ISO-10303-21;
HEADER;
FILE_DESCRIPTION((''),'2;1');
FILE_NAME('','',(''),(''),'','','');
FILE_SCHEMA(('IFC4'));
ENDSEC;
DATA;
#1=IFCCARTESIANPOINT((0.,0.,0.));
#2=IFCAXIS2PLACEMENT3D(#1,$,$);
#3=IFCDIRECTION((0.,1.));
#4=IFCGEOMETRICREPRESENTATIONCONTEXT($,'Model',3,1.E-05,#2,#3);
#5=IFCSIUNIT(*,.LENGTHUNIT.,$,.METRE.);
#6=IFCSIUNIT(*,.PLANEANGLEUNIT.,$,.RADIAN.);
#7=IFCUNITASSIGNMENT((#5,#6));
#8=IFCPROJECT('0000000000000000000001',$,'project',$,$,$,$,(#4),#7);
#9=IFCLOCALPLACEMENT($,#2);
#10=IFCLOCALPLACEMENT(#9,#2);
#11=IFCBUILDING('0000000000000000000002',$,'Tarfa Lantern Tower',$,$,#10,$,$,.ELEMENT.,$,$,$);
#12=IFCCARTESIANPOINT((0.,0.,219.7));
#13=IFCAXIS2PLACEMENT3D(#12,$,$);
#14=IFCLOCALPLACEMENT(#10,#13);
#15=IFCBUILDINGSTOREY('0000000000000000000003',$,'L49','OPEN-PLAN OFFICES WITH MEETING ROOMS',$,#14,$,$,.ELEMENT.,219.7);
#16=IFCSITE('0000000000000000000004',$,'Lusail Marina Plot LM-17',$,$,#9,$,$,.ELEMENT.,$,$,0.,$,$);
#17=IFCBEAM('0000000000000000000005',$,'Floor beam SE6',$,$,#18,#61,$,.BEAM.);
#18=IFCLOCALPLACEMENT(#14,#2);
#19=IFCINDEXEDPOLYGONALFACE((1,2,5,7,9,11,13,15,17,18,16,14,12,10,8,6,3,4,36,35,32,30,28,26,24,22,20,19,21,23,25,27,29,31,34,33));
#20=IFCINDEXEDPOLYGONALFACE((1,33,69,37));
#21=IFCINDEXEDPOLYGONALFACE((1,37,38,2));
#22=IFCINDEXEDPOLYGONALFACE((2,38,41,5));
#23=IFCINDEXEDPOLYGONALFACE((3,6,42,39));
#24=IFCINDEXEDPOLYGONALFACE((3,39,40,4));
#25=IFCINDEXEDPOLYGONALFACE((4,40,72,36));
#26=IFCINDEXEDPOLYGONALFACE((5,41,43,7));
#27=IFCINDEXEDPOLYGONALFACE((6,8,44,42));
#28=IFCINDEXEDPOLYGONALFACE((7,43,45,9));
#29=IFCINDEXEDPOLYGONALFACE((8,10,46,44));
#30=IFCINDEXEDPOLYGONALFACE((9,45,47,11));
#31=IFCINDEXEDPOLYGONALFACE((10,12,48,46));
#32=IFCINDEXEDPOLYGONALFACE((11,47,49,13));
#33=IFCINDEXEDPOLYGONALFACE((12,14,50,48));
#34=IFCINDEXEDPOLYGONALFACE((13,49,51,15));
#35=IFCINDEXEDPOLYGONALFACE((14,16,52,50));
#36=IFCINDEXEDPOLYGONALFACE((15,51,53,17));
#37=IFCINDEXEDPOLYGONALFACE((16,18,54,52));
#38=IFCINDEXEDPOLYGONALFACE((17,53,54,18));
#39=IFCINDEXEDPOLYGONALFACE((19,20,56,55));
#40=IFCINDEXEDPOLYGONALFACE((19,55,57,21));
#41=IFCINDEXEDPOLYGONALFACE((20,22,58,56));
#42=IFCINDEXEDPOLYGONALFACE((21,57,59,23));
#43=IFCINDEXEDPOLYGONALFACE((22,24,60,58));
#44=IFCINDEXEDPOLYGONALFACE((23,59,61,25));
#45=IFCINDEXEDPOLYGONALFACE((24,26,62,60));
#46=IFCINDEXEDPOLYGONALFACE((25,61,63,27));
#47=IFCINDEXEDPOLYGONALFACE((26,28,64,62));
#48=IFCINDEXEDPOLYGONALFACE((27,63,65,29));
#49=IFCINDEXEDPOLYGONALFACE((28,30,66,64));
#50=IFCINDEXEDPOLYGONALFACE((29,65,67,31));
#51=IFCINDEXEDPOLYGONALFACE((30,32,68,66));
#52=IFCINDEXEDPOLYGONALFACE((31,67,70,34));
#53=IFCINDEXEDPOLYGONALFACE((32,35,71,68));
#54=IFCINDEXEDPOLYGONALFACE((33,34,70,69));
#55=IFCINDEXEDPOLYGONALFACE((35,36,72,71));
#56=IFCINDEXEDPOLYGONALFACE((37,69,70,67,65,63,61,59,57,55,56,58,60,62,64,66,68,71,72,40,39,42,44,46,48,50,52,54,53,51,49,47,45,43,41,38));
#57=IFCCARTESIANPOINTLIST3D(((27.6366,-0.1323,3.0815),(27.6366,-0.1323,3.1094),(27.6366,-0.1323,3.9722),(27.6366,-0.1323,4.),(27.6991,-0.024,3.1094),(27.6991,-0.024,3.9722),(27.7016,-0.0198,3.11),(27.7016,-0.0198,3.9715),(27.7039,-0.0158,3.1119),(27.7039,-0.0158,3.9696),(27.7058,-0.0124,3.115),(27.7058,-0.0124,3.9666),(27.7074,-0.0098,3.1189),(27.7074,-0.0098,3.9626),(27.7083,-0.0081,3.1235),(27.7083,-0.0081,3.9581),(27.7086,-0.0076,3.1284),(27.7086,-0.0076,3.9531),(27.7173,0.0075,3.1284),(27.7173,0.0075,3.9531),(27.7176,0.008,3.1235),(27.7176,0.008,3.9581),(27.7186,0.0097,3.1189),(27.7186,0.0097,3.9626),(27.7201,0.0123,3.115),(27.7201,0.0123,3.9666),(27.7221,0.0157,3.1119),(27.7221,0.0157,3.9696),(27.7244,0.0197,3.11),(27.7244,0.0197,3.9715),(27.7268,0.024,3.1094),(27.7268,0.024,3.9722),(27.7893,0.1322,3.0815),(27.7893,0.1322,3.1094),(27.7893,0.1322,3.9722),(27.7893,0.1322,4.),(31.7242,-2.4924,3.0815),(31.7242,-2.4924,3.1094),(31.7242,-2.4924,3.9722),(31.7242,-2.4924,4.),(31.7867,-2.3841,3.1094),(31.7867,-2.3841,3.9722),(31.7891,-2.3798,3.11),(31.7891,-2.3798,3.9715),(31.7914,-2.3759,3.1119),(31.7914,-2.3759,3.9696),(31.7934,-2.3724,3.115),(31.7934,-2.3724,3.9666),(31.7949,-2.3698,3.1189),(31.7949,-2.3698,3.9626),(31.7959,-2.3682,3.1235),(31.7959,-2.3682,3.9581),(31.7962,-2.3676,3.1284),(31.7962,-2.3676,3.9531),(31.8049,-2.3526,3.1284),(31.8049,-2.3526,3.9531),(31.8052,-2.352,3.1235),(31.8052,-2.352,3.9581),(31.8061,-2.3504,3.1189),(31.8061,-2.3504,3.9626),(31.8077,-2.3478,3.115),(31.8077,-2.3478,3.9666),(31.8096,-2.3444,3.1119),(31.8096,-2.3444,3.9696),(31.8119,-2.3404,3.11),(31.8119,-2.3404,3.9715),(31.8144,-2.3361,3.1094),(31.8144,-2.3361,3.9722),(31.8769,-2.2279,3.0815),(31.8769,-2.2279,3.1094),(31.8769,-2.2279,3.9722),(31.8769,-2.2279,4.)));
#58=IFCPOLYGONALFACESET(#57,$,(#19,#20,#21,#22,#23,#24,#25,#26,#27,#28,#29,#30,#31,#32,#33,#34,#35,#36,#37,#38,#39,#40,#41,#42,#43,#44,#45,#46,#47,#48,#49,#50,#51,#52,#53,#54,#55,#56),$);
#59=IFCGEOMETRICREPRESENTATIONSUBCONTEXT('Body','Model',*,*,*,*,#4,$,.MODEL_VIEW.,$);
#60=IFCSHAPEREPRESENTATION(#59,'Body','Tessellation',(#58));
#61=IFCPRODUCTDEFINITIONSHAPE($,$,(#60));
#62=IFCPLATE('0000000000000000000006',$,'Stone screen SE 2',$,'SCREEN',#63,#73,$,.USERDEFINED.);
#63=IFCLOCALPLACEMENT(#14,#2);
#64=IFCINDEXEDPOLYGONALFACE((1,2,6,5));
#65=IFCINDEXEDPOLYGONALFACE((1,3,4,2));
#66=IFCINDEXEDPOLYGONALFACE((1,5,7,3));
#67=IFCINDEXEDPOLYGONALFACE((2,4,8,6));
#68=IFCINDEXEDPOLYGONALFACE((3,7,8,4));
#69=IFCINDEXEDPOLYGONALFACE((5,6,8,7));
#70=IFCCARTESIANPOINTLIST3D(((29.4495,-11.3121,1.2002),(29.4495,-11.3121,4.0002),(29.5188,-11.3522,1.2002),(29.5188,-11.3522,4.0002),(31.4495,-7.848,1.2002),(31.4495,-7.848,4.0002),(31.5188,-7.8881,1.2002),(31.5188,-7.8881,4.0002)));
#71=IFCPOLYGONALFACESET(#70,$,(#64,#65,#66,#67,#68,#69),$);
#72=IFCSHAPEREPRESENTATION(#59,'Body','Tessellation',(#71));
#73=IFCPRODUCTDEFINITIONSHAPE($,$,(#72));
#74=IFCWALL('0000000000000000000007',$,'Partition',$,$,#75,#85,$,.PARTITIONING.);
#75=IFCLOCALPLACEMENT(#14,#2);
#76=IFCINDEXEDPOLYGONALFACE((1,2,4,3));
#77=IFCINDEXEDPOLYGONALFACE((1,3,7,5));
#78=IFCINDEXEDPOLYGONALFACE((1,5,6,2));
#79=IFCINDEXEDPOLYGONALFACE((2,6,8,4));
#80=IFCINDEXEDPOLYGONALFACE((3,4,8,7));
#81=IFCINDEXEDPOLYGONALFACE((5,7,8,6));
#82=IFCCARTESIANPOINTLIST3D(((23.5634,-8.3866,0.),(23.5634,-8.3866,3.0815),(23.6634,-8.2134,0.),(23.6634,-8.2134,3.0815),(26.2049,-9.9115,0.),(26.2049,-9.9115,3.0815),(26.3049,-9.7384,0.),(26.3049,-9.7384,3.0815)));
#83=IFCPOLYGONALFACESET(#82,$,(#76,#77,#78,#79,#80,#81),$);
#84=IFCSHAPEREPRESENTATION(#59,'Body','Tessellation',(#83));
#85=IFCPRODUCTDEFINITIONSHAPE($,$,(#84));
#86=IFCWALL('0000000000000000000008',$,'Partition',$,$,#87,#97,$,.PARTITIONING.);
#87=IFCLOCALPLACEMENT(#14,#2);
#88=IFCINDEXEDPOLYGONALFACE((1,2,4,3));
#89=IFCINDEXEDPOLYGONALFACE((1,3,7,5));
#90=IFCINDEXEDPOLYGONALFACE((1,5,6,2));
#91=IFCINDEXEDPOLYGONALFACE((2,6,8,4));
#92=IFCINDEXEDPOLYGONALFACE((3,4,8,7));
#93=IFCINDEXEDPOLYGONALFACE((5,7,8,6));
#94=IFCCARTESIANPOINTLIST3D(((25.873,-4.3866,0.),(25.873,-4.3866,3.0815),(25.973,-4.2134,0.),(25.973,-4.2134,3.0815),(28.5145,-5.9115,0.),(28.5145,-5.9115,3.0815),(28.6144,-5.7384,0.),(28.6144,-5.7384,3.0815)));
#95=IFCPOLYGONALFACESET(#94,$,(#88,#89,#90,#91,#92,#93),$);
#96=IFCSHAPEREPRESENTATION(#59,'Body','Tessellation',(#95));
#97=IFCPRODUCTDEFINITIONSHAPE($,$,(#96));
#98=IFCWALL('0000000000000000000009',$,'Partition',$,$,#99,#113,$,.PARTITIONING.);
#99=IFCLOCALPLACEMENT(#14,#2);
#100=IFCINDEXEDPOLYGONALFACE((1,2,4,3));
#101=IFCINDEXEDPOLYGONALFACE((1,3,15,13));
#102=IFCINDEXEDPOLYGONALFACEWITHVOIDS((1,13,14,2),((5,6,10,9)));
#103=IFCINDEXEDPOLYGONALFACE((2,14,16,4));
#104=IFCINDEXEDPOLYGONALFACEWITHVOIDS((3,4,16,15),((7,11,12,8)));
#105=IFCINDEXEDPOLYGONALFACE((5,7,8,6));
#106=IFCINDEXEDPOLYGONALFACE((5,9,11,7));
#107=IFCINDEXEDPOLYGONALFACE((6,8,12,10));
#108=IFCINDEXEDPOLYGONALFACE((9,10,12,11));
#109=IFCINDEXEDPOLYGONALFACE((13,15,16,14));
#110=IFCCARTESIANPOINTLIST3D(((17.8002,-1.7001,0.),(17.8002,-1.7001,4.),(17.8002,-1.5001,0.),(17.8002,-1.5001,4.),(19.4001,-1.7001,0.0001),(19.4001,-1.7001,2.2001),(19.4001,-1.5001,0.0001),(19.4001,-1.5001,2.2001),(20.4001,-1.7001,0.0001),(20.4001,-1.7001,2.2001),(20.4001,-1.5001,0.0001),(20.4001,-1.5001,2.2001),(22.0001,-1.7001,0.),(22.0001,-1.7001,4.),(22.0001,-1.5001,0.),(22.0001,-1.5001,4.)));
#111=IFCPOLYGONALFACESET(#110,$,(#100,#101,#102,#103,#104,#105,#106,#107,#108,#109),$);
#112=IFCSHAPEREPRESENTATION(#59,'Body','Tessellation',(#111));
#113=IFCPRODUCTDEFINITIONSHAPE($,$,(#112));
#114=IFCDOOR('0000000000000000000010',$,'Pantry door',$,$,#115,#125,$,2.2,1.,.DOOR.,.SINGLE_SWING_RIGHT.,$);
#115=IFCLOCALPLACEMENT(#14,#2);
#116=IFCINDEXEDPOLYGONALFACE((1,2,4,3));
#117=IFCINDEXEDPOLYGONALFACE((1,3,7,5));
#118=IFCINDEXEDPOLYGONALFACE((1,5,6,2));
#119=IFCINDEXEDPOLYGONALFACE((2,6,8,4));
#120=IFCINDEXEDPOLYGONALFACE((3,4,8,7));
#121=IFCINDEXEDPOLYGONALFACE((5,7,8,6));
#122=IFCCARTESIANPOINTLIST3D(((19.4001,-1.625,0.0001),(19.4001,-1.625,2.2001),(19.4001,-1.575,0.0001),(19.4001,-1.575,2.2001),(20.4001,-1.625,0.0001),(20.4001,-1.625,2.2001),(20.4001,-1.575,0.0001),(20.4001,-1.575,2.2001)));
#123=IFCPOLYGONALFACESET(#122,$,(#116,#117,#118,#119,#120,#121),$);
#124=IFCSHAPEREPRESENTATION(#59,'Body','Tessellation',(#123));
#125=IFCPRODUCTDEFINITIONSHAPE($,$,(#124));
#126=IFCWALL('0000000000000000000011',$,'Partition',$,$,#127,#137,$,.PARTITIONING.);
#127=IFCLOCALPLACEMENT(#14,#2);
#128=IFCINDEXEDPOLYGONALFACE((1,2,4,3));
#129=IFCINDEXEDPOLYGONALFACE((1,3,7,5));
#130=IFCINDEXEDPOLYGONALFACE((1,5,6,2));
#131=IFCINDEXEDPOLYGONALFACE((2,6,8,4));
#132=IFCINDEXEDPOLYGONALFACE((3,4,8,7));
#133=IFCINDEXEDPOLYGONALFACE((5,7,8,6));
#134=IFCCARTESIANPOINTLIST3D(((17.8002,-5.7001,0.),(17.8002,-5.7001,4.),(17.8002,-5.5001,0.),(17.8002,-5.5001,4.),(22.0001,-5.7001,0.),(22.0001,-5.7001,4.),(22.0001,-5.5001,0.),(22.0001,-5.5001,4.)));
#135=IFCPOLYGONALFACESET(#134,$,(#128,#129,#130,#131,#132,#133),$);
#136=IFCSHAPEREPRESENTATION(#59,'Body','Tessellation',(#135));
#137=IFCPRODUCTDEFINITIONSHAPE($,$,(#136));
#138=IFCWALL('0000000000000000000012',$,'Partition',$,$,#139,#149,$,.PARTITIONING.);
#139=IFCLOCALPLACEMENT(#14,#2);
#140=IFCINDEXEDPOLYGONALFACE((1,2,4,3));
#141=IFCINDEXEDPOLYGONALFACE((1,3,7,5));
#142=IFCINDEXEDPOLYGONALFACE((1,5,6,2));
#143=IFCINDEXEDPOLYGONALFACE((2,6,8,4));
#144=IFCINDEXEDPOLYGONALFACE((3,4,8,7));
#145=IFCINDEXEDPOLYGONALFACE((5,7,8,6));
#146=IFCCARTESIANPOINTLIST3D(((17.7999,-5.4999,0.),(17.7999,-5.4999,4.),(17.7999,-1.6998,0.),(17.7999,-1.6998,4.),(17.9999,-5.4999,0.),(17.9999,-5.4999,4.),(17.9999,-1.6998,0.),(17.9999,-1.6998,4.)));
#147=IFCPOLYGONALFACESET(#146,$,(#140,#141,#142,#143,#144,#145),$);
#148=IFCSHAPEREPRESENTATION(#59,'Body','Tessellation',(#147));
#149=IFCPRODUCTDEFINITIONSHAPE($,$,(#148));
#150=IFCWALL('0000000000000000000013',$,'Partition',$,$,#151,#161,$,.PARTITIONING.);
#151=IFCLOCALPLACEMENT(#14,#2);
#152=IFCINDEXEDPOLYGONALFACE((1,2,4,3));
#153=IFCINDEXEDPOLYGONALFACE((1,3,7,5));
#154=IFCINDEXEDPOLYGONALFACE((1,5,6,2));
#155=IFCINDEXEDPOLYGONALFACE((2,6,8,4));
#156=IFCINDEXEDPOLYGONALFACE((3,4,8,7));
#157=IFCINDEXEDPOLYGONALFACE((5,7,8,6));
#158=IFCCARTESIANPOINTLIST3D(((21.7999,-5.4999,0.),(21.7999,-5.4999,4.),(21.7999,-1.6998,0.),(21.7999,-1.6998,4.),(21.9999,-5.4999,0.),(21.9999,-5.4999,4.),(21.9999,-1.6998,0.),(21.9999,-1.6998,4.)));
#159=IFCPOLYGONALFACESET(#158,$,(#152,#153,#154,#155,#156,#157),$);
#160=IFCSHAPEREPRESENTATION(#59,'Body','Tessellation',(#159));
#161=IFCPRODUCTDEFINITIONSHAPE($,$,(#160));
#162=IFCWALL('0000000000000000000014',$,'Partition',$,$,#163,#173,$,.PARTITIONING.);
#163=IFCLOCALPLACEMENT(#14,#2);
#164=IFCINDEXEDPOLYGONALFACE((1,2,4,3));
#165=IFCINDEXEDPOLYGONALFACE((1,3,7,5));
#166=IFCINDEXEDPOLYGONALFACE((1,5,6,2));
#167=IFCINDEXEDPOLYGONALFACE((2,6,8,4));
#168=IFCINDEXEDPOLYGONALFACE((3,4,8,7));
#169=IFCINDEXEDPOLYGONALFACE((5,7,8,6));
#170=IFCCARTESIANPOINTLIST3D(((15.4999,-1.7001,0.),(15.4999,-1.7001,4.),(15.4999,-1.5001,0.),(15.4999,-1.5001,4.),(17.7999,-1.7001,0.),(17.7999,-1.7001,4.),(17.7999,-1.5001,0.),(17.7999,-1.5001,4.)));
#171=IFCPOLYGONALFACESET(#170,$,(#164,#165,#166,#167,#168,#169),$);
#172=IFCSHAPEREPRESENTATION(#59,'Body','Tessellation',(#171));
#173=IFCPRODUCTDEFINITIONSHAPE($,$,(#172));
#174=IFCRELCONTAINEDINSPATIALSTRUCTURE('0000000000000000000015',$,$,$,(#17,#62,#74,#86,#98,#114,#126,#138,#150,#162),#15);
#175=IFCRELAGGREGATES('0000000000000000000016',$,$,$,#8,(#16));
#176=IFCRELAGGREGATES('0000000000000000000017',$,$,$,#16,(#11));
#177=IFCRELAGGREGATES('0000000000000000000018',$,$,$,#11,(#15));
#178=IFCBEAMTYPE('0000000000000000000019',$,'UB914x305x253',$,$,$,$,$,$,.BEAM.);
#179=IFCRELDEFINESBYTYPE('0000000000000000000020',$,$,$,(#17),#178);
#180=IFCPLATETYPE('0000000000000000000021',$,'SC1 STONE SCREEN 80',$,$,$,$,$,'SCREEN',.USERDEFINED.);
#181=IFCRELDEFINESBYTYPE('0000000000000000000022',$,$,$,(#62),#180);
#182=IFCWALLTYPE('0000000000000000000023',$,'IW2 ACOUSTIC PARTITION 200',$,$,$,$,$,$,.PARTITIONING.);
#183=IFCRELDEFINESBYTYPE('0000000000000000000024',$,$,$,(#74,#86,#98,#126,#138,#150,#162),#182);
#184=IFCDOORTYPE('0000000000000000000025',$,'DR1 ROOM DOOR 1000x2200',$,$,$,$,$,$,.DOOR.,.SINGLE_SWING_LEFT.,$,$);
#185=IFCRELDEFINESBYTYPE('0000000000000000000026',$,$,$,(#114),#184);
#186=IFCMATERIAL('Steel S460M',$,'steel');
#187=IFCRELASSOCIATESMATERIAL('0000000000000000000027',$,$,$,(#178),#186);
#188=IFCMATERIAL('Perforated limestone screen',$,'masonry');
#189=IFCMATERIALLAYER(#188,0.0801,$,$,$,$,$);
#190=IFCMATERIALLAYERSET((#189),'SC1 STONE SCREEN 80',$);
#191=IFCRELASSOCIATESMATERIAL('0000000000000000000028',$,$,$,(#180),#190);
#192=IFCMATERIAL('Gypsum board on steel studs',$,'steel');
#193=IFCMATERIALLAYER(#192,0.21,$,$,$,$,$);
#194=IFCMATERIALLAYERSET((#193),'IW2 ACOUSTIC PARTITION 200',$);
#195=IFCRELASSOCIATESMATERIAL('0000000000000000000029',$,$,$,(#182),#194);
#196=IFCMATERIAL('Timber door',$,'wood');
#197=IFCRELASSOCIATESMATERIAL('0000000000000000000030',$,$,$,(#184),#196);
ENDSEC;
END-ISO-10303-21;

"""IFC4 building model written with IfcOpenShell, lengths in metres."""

from ifc_helpers import new_model, si_unit, direction, frame, frame_2d, origin, origin_2d, place, context, subcontext, project, spatial, rectangle, i_section, extrude, material, layer, layer_set, material_profile, profile_set, type_object, element, fill, save


model = new_model("IFC4")

# Units and contexts
model_context = context("Model", 3, precision=1e-05, world=origin(), true_north=direction((0.0, 1.0)))
body_context = subcontext(model_context, "Body", "Model", "MODEL_VIEW")
ifc_project = project(units=[si_unit("LENGTHUNIT", "METRE"), si_unit("PLANEANGLEUNIT", "RADIAN")], contexts=[model_context])

# Site, building, storey
site_placement = place(None, origin())
site = spatial("IfcSite", under=ifc_project, at=site_placement, Name="Lusail Marina Plot LM-17", CompositionType="ELEMENT", RefElevation=0.0)
building_placement = place(site_placement, origin())
building = spatial("IfcBuilding", under=site, at=building_placement, Name="Tarfa Lantern Tower", CompositionType="ELEMENT")
storey_placement = place(building_placement, frame((0.0, 0.0, 219.7)))
storey = spatial("IfcBuildingStorey", under=building, at=storey_placement, Name="L49", Description="OPEN-PLAN OFFICES WITH MEETING ROOMS", CompositionType="ELEMENT", Elevation=219.7)

# Beam
ifc_material_1 = material(Name="Steel S460M", Category="steel")
ifc_material_profile_1 = material_profile(ifc_material_1, i_section(OverallWidth=0.3054, OverallDepth=0.9185, WebThickness=0.0173, FlangeThickness=0.0278, FilletRadius=0.019, at=origin_2d()), Name="UB914x305x253")
ifc_profile_set_1 = profile_set([ifc_material_profile_1], Name="Steel S460M")
beam_type_1 = type_object("IfcBeamType", Name="UB914x305x253", PredefinedType="BEAM", material=ifc_profile_set_1)
beam_1_placement = place(storey_placement, frame((31.8005, -2.3601, 3.5408), z_axis=(-0.866016, 0.500016, 0.0), x_axis=(-0.500016, -0.866016, 0.0)))
element("IfcBeam", 1, at=beam_1_placement, inside=storey, type_object=beam_type_1, Name="Floor beam SE6", PredefinedType="BEAM", context=body_context, shape_type="SweptSolid", body=[
    extrude(i_section(OverallWidth=0.3054, OverallDepth=0.9185, WebThickness=0.0173, FlangeThickness=0.0278, FilletRadius=0.019, at=origin_2d()), origin(), (0.0, 0.0, 1.0), 4.72),
])

# Plate
ifc_material_2 = material(Name="Perforated limestone screen", Category="masonry")
ifc_layer_1 = layer(ifc_material_2, 0.0801)
ifc_layer_set_1 = layer_set([ifc_layer_1], Name="SC1 STONE SCREEN 80")
plate_type = type_object("IfcPlateType", Name="SC1 STONE SCREEN 80", ElementType="SCREEN", PredefinedType="USERDEFINED", material=ifc_layer_set_1)
plate_placement = place(storey_placement, frame((30.4841, -9.6001, 1.2002), z_axis=(0.0, 0.0, 1.0), x_axis=(0.5, 0.866025, 0.0)))
element("IfcPlate", 2, at=plate_placement, inside=storey, type_object=plate_type, Name="Stone screen SE 2", ObjectType="SCREEN", PredefinedType="USERDEFINED", context=body_context, shape_type="SweptSolid", body=[
    extrude(rectangle(XDim=4.0, YDim=0.0801, at=origin_2d()), origin(), (0.0, 0.0, 1.0), 2.8),
])

# Walls
ifc_material_3 = material(Name="Gypsum board on steel studs", Category="steel")
ifc_layer_2 = layer(ifc_material_3, 0.21)
ifc_layer_set_2 = layer_set([ifc_layer_2], Name="IW2 ACOUSTIC PARTITION 200")
wall_type_1 = type_object("IfcWallType", Name="IW2 ACOUSTIC PARTITION 200", PredefinedType="PARTITIONING", material=ifc_layer_set_2)
for number, where, z_axis, x_axis, name in (
    (3, (23.6135, -8.3, 0.0), (0.0, 0.0, 1.0), (0.866038, -0.499979, 0.0), "Partition"),
    (4, (25.9231, -4.3, 0.0), (0.0, 0.0, 1.0), (0.866038, -0.499979, 0.0), "Partition"),
):
    element("IfcWall", number, at=place(storey_placement, frame(where, z_axis=z_axis, x_axis=x_axis)), inside=storey, type_object=wall_type_1, Name=name, PredefinedType="PARTITIONING", context=body_context, shape_type="SweptSolid", body=[
        extrude(rectangle(XDim=3.05, YDim=0.2, at=frame_2d((1.5249, 0.0))), origin(), (0.0, 0.0, 1.0), 3.0815),
    ])

# Wall, opening, door
wall_1_placement = place(storey_placement, frame((17.8, -1.6001, 0.0), z_axis=(0.0, 0.0, 1.0), x_axis=(1.0, 0.0, 0.0)))
wall_1 = element("IfcWall", 5, at=wall_1_placement, inside=storey, type_object=wall_type_1, Name="Partition", PredefinedType="PARTITIONING", context=body_context, shape_type="SweptSolid", body=[
    extrude(rectangle(XDim=4.2, YDim=0.2, at=frame_2d((2.1001, 0.0))), origin(), (0.0, 0.0, 1.0), 4.0),
])
opening_1_placement = place(wall_1_placement, frame((1.6001, 0.0, 0.0)))
opening_1 = element("IfcOpeningElement", 6, at=opening_1_placement, cuts=wall_1, PredefinedType="OPENING", context=body_context, shape_type="SweptSolid", body=[
    extrude(rectangle(XDim=1.0, YDim=2.2, at=frame_2d((0.5, 1.1001))), frame((0.0, 0.1099, 0.0), z_axis=(0.0, -1.0, 0.0), x_axis=(1.0, 0.0, 0.0)), (0.0, 0.0, 1.0), 0.22),
])
ifc_material_4 = material(Name="Timber door", Category="wood")
door_type_1 = type_object("IfcDoorType", Name="DR1 ROOM DOOR 1000x2200", OperationType="SINGLE_SWING_LEFT", PredefinedType="DOOR", material=ifc_material_4)
door_1_placement = place(opening_1_placement, frame((1.0, 0.0, 0.0), z_axis=(0.0, 0.0, 1.0), x_axis=(-1.0, 0.0, 0.0)))
door_1 = element("IfcDoor", 7, at=door_1_placement, inside=storey, type_object=door_type_1, Name="Pantry door", OperationType="SINGLE_SWING_RIGHT", OverallHeight=2.2, OverallWidth=1.0, PredefinedType="DOOR", context=body_context, shape_type="SweptSolid", body=[
    extrude(rectangle(XDim=1.0, YDim=2.2, at=frame_2d((0.5, 1.1001))), frame((0.0, 0.0249, 0.0), z_axis=(0.0, -1.0, 0.0), x_axis=(1.0, 0.0, 0.0)), (0.0, 0.0, 1.0), 0.05),
])
fill(opening_1, door_1)

# Walls
wall_2_placement = place(storey_placement, frame((17.8, -5.6001, 0.0), z_axis=(0.0, 0.0, 1.0), x_axis=(1.0, 0.0, 0.0)))
element("IfcWall", 8, at=wall_2_placement, inside=storey, type_object=wall_type_1, Name="Partition", PredefinedType="PARTITIONING", context=body_context, shape_type="SweptSolid", body=[
    extrude(rectangle(XDim=4.2, YDim=0.2, at=frame_2d((2.1001, 0.0))), origin(), (0.0, 0.0, 1.0), 4.0),
])
for number, where, z_axis, x_axis, name in (
    (9, (17.8999, -1.7, 0.0), (0.0, 0.0, 1.0), (0.0, -1.0, 0.0), "Partition"),
    (10, (21.8999, -1.7, 0.0), (0.0, 0.0, 1.0), (0.0, -1.0, 0.0), "Partition"),
):
    element("IfcWall", number, at=place(storey_placement, frame(where, z_axis=z_axis, x_axis=x_axis)), inside=storey, type_object=wall_type_1, Name=name, PredefinedType="PARTITIONING", context=body_context, shape_type="SweptSolid", body=[
        extrude(rectangle(XDim=3.8, YDim=0.2, at=frame_2d((1.8999, 0.0))), origin(), (0.0, 0.0, 1.0), 4.0),
    ])
wall_3_placement = place(storey_placement, frame((15.5, -1.6001, 0.0), z_axis=(0.0, 0.0, 1.0), x_axis=(1.0, 0.0, 0.0)))
element("IfcWall", 11, at=wall_3_placement, inside=storey, type_object=wall_type_1, Name="Partition", PredefinedType="PARTITIONING", context=body_context, shape_type="SweptSolid", body=[
    extrude(rectangle(XDim=2.3, YDim=0.2, at=frame_2d((1.1499, 0.0))), origin(), (0.0, 0.0, 1.0), 4.0),
])

save(model, "model.ifc")
